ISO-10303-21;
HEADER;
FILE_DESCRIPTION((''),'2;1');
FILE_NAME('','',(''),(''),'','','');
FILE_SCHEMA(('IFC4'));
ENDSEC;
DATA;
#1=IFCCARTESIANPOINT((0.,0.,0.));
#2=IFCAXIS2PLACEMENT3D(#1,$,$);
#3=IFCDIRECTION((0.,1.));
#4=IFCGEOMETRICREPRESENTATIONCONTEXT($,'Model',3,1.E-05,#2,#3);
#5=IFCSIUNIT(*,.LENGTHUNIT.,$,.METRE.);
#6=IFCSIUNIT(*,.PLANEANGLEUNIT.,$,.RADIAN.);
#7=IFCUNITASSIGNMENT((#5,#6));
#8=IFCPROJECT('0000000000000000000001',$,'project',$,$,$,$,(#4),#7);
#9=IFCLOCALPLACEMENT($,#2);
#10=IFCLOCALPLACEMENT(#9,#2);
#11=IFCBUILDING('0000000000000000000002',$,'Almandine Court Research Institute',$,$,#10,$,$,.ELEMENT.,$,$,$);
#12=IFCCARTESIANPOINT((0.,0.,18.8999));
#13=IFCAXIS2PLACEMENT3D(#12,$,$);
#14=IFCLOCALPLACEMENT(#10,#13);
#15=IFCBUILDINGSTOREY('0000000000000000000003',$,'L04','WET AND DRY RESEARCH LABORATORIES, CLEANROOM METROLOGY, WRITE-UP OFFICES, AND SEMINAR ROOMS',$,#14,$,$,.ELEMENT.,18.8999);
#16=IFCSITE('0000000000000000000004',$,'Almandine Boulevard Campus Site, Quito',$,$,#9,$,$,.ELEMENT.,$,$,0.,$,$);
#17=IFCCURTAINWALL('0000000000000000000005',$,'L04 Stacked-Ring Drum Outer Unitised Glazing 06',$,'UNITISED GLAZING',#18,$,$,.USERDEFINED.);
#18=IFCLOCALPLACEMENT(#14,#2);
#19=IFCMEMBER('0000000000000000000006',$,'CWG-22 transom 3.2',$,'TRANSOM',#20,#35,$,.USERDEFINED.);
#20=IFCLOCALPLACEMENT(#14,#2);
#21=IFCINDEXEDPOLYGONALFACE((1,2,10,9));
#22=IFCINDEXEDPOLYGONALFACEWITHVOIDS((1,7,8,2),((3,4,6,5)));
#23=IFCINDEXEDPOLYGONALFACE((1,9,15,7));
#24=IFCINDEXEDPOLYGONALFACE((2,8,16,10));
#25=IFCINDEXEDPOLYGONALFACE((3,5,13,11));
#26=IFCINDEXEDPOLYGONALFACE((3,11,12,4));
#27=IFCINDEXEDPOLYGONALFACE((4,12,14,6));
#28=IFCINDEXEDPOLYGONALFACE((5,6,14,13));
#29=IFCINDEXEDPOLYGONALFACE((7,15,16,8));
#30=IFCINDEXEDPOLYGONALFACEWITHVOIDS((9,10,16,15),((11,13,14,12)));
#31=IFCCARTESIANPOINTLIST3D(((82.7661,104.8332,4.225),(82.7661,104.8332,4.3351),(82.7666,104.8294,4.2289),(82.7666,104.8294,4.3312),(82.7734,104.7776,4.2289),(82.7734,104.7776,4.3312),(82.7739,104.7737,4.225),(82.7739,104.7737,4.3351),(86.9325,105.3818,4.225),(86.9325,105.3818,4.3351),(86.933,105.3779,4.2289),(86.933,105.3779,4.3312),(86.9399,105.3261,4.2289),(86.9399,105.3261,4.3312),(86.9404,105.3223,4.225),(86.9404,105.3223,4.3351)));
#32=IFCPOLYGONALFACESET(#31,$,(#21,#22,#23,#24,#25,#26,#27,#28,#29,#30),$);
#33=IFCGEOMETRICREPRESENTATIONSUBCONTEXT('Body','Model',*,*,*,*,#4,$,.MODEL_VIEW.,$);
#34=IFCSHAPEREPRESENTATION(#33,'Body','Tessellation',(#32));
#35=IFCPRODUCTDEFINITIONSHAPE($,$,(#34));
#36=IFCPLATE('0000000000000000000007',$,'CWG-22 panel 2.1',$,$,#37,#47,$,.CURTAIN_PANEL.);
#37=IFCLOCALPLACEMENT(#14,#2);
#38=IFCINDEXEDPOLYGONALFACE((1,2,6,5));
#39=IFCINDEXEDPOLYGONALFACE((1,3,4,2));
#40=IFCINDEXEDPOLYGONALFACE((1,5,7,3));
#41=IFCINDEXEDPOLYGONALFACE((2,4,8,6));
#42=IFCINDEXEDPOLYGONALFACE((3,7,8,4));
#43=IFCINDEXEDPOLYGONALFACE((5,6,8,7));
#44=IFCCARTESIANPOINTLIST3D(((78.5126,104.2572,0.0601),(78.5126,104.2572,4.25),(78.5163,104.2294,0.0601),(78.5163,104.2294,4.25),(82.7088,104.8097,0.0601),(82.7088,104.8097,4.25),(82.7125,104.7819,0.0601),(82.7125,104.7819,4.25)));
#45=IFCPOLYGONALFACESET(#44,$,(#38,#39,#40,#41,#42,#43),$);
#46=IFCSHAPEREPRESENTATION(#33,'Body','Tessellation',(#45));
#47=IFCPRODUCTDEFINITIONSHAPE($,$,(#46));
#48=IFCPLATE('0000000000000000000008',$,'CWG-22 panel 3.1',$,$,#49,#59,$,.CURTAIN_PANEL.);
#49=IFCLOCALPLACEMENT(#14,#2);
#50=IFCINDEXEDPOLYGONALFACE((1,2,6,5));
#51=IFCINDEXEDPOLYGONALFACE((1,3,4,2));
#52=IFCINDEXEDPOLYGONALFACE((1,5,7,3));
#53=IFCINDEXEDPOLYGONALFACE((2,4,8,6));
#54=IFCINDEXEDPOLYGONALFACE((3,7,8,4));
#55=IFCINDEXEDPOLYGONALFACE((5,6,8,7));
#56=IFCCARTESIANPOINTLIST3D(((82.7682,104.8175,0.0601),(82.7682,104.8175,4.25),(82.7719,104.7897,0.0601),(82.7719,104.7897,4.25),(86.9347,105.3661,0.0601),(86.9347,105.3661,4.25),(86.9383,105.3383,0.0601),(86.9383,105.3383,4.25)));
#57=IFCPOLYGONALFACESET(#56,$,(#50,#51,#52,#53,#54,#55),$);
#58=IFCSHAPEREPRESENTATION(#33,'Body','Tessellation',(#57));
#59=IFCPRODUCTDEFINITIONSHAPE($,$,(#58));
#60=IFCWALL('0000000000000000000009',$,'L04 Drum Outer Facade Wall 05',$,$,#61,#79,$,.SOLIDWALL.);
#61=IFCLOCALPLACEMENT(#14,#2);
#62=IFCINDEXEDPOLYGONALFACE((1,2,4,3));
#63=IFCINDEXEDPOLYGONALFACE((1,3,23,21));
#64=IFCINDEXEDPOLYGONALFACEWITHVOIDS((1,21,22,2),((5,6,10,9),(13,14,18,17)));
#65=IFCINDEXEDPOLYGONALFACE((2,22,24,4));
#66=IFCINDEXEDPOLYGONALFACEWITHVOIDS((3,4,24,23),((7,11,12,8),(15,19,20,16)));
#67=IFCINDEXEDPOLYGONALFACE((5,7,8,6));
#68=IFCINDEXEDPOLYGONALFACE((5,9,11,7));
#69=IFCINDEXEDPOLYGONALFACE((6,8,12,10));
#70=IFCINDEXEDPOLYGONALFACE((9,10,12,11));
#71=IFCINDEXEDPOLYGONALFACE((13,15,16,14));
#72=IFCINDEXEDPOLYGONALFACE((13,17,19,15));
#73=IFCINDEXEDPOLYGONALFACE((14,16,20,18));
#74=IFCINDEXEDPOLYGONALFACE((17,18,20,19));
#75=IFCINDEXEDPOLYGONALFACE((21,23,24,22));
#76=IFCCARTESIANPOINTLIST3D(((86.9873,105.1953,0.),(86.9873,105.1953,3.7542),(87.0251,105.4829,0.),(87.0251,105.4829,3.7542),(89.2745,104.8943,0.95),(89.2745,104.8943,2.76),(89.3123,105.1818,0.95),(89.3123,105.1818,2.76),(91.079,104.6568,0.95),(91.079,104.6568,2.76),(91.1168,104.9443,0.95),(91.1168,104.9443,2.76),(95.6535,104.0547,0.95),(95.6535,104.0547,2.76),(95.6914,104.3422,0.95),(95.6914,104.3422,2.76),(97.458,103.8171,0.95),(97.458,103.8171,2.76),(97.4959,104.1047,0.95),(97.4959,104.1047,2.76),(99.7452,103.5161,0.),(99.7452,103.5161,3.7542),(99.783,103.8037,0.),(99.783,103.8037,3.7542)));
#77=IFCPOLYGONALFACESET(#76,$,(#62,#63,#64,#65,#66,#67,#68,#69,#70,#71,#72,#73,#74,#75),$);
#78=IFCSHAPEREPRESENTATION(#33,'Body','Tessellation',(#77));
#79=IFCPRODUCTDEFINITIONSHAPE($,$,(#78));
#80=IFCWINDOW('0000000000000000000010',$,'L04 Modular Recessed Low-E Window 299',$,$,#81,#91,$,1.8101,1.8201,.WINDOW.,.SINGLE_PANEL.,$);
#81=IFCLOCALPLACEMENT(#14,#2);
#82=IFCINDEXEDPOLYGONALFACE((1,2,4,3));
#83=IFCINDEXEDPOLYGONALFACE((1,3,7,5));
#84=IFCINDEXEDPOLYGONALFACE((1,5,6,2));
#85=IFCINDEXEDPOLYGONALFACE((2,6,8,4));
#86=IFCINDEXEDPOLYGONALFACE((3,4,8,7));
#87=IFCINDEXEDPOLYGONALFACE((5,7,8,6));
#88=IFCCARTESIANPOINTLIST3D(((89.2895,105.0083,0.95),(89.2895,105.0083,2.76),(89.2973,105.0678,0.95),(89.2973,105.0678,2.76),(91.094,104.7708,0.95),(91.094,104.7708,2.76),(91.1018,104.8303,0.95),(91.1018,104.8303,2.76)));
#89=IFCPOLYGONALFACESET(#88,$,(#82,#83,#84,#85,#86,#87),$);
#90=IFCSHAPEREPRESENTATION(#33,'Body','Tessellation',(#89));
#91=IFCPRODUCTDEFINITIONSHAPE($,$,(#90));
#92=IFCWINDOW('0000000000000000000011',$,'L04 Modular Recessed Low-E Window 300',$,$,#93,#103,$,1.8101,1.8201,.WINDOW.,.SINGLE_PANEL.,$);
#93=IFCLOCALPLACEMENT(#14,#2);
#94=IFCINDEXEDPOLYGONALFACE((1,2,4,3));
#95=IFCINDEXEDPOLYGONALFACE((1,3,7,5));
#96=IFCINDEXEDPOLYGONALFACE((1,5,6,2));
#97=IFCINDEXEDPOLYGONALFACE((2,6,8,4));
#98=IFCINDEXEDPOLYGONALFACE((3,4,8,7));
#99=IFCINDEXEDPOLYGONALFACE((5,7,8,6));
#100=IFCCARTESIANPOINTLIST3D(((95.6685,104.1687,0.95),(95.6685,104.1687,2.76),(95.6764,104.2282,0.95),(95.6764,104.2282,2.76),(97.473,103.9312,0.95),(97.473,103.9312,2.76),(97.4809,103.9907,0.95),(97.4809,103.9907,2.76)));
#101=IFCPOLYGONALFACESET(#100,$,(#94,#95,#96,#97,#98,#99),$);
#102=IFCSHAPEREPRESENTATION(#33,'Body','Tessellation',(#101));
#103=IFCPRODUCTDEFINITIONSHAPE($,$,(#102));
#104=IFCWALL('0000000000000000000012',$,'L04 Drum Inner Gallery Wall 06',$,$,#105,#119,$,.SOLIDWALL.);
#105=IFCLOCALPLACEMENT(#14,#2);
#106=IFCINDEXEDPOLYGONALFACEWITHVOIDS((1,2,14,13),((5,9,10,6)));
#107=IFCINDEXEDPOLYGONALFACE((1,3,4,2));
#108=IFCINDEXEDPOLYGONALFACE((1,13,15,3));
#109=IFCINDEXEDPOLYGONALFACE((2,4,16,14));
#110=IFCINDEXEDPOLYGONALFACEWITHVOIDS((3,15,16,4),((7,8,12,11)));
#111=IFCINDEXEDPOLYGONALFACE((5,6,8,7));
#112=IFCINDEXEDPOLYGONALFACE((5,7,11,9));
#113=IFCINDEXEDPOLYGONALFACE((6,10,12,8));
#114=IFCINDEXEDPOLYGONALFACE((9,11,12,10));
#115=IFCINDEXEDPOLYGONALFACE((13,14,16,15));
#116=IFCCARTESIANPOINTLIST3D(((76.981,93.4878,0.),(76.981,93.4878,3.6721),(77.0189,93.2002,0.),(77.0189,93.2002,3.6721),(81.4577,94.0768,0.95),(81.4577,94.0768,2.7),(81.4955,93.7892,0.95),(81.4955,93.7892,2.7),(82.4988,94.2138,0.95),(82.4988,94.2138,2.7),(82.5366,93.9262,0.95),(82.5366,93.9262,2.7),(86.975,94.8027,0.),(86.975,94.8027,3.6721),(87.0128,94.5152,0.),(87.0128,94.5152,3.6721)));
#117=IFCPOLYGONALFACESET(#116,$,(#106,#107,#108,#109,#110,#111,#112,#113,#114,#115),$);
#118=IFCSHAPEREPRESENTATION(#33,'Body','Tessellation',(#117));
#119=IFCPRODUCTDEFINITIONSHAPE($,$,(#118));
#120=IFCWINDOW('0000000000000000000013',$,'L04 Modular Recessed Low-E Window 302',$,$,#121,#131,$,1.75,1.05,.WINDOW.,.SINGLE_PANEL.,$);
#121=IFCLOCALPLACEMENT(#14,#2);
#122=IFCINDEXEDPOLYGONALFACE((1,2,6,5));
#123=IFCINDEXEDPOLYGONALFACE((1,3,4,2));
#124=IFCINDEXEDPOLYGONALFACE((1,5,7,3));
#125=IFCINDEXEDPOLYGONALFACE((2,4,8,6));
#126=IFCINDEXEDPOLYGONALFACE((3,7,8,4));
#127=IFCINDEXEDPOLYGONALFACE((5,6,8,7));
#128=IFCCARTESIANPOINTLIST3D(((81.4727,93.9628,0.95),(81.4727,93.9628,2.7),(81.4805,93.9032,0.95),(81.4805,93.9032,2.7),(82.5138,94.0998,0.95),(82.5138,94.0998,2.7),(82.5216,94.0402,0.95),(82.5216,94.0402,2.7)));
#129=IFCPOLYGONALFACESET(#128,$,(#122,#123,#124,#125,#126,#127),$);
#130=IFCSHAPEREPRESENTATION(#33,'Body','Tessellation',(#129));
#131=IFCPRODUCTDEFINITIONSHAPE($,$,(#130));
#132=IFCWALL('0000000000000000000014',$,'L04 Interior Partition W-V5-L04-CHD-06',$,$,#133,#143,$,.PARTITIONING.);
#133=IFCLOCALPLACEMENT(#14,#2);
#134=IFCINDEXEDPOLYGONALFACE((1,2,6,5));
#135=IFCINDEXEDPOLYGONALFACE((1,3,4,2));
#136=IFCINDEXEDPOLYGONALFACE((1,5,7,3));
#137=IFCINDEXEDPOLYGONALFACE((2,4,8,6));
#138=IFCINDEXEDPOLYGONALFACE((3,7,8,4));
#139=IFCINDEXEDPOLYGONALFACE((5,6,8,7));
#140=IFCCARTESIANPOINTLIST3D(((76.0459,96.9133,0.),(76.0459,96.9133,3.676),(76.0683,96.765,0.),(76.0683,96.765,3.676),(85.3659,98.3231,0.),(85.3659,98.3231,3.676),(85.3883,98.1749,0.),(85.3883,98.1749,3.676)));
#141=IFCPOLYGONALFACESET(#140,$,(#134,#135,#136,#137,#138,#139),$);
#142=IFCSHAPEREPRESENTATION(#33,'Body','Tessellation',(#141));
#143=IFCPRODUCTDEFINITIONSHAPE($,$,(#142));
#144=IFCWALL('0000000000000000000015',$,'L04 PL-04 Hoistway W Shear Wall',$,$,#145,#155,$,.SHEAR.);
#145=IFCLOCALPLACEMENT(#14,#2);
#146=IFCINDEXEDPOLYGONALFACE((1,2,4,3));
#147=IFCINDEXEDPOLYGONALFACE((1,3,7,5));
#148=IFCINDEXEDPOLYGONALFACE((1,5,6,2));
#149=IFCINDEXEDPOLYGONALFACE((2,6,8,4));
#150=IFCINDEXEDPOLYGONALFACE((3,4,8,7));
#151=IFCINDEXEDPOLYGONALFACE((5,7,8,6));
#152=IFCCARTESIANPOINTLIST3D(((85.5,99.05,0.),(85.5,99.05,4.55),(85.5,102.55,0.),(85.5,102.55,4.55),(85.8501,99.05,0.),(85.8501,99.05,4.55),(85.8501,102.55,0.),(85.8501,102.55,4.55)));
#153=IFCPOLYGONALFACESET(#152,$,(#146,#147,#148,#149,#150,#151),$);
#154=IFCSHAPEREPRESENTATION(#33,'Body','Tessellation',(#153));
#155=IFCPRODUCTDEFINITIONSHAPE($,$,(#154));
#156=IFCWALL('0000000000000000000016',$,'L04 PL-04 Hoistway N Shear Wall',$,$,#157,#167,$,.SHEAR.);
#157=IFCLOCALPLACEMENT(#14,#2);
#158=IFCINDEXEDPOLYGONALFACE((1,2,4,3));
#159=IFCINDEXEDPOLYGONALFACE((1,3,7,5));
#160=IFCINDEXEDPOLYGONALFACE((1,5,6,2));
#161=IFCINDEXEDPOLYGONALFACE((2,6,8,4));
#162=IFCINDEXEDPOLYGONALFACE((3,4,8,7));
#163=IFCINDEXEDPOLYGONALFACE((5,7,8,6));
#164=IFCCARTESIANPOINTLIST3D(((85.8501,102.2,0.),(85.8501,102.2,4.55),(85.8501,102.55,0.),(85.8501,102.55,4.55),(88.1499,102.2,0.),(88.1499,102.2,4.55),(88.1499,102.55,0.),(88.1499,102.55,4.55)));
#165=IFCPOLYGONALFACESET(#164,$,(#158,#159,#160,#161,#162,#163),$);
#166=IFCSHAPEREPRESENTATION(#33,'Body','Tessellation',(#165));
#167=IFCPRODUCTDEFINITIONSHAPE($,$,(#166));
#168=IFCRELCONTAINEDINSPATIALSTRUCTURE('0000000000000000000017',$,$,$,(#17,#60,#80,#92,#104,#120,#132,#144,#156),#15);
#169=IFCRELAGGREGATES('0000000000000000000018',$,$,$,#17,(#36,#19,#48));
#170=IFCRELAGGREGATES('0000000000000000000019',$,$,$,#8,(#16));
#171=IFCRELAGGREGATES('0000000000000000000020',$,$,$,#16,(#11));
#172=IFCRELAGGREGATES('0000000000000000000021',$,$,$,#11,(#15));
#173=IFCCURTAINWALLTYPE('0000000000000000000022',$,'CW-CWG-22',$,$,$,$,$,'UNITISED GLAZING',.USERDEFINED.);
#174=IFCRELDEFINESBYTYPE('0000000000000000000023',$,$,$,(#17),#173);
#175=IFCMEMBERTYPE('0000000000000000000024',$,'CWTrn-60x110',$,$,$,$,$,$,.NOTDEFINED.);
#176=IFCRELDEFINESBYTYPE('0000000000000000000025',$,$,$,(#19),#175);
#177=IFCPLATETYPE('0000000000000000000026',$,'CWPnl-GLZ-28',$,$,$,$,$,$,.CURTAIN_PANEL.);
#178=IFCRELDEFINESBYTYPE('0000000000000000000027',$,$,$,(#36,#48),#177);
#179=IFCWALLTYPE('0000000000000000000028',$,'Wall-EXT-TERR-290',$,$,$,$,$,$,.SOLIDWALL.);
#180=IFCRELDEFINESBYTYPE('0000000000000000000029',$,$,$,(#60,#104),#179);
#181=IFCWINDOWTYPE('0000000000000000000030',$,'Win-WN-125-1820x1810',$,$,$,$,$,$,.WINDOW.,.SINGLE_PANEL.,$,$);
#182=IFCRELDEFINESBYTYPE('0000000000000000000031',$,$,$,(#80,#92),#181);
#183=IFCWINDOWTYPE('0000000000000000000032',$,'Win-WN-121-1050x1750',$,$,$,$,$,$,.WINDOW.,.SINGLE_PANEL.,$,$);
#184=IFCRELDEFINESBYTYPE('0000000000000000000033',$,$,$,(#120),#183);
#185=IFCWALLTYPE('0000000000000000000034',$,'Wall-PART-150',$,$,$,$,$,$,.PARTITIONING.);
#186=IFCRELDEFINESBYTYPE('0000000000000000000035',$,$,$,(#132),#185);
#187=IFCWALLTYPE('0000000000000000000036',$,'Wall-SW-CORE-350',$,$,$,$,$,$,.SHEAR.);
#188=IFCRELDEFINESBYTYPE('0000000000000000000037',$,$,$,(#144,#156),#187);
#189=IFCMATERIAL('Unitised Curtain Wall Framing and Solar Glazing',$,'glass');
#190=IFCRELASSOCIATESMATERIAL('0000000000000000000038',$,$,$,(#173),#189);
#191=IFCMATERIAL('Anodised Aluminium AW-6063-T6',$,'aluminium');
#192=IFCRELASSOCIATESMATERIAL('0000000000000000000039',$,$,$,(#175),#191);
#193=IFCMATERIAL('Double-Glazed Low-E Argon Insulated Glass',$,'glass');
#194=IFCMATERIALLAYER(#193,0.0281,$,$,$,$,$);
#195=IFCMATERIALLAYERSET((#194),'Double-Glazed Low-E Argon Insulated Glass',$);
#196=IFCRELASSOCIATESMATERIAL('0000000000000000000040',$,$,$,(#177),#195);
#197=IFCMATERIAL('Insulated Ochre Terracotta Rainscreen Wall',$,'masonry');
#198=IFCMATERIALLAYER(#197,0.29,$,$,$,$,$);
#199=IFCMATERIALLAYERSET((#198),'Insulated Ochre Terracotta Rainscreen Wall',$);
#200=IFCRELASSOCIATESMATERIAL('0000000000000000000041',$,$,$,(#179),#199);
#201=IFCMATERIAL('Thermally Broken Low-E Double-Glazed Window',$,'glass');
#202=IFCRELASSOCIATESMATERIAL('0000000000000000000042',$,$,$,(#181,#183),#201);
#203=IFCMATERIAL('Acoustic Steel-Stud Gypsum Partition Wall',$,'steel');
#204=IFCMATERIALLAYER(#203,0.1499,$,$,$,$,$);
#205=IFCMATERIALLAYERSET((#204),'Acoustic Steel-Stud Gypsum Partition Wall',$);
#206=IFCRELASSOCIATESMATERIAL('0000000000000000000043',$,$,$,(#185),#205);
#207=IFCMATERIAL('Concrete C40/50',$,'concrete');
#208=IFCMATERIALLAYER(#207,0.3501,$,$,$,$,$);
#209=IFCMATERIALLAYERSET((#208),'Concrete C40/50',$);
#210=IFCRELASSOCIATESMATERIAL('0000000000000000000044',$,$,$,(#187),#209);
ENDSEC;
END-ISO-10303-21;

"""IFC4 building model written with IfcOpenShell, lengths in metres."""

from ifc_helpers import new_model, si_unit, direction, frame, frame_2d, origin, origin_2d, place, context, subcontext, project, spatial, rectangle, hollow_rectangle, extrude, material, layer, layer_set, material_profile, profile_set, type_object, element, fill, aggregate, save


model = new_model("IFC4")

# Units and contexts
model_context = context("Model", 3, precision=1e-05, world=origin(), true_north=direction((0.0, 1.0)))
body_context = subcontext(model_context, "Body", "Model", "MODEL_VIEW")
ifc_project = project(units=[si_unit("LENGTHUNIT", "METRE"), si_unit("PLANEANGLEUNIT", "RADIAN")], contexts=[model_context])

# Site, building, storey
site_placement = place(None, origin())
site = spatial("IfcSite", under=ifc_project, at=site_placement, Name="Almandine Boulevard Campus Site, Quito", CompositionType="ELEMENT", RefElevation=0.0)
building_placement = place(site_placement, origin())
building = spatial("IfcBuilding", under=site, at=building_placement, Name="Almandine Court Research Institute", CompositionType="ELEMENT")
storey_placement = place(building_placement, frame((0.0, 0.0, 18.8999)))
storey = spatial("IfcBuildingStorey", under=building, at=storey_placement, Name="L04", Description="WET AND DRY RESEARCH LABORATORIES, CLEANROOM METROLOGY, WRITE-UP OFFICES, AND SEMINAR ROOMS", CompositionType="ELEMENT", Elevation=18.8999)

# Curtain wall, member, plates
ifc_material_1 = material(Name="Unitised Curtain Wall Framing and Solar Glazing", Category="glass")
curtain_wall_type = type_object("IfcCurtainWallType", Name="CW-CWG-22", ElementType="UNITISED GLAZING", PredefinedType="USERDEFINED", material=ifc_material_1)
curtain_wall_placement = place(storey_placement, origin())
curtain_wall = element("IfcCurtainWall", 1, at=curtain_wall_placement, inside=storey, type_object=curtain_wall_type, Name="L04 Stacked-Ring Drum Outer Unitised Glazing 06", ObjectType="UNITISED GLAZING", PredefinedType="USERDEFINED")
ifc_material_2 = material(Name="Anodised Aluminium AW-6063-T6", Category="aluminium")
ifc_material_profile_1 = material_profile(ifc_material_2, hollow_rectangle(XDim=0.0601, YDim=0.1101, WallThickness=0.0039, at=origin_2d()), Name="ALU RHS 60x110x4")
ifc_profile_set_1 = profile_set([ifc_material_profile_1], Name="Anodised Aluminium AW-6063-T6")
member_type_1 = type_object("IfcMemberType", Name="CWTrn-60x110", PredefinedType="NOTDEFINED", material=ifc_profile_set_1)
member_1_placement = place(storey_placement, frame((82.77, 104.8035, 4.28), z_axis=(0.991443, 0.130539, 0.0), x_axis=(-0.130539, 0.991443, 0.0)))
member_1 = element("IfcMember", 2, at=member_1_placement, type_object=member_type_1, Name="CWG-22 transom 3.2", ObjectType="TRANSOM", PredefinedType="USERDEFINED", context=body_context, shape_type="SweptSolid", body=[
    extrude(hollow_rectangle(XDim=0.0601, YDim=0.1101, WallThickness=0.0039, at=origin_2d()), origin(), (0.0, 0.0, 1.0), 4.2024),
])
ifc_material_3 = material(Name="Double-Glazed Low-E Argon Insulated Glass", Category="glass")
ifc_layer_1 = layer(ifc_material_3, 0.0281)
ifc_layer_set_1 = layer_set([ifc_layer_1], Name="Double-Glazed Low-E Argon Insulated Glass")
plate_type = type_object("IfcPlateType", Name="CWPnl-GLZ-28", PredefinedType="CURTAIN_PANEL", material=ifc_layer_set_1)
plate_1_placement = place(storey_placement, frame((80.6125, 104.5195, 0.0601), z_axis=(0.0, 0.0, 1.0), x_axis=(0.991443, 0.130541, 0.0)))
plate_1 = element("IfcPlate", 3, at=plate_1_placement, type_object=plate_type, Name="CWG-22 panel 2.1", PredefinedType="CURTAIN_PANEL", context=body_context, shape_type="SweptSolid", body=[
    extrude(rectangle(XDim=4.2324, YDim=0.0281, at=origin_2d()), origin(), (0.0, 0.0, 1.0), 4.1899),
])
plate_2_placement = place(storey_placement, frame((84.8533, 105.0779, 0.0601), z_axis=(0.0, 0.0, 1.0), x_axis=(0.991443, 0.130541, 0.0)))
plate_2 = element("IfcPlate", 4, at=plate_2_placement, type_object=plate_type, Name="CWG-22 panel 3.1", PredefinedType="CURTAIN_PANEL", context=body_context, shape_type="SweptSolid", body=[
    extrude(rectangle(XDim=4.2024, YDim=0.0281, at=origin_2d()), origin(), (0.0, 0.0, 1.0), 4.1899),
])
aggregate(curtain_wall, [plate_1, member_1, plate_2])

# Wall, openings, windows
ifc_material_4 = material(Name="Insulated Ochre Terracotta Rainscreen Wall", Category="masonry")
ifc_layer_2 = layer(ifc_material_4, 0.29)
ifc_layer_set_2 = layer_set([ifc_layer_2], Name="Insulated Ochre Terracotta Rainscreen Wall")
wall_type_1 = type_object("IfcWallType", Name="Wall-EXT-TERR-290", PredefinedType="SOLIDWALL", material=ifc_layer_set_2)
wall_1_placement = place(storey_placement, frame((87.0061, 105.3391, 0.0), z_axis=(0.0, 0.0, 1.0), x_axis=(0.991449, -0.130496, 0.0)))
wall_1 = element("IfcWall", 5, at=wall_1_placement, inside=storey, type_object=wall_type_1, Name="L04 Drum Outer Facade Wall 05", PredefinedType="SOLIDWALL", context=body_context, shape_type="SweptSolid", body=[
    extrude(rectangle(XDim=12.8679, YDim=0.29, at=frame_2d((6.4341, 0.0))), origin(), (0.0, 0.0, 1.0), 3.7542),
])
opening_1_placement = place(wall_1_placement, frame((2.3069, 0.0, 0.95)))
opening_1 = element("IfcOpeningElement", 6, at=opening_1_placement, cuts=wall_1, PredefinedType="OPENING", context=body_context, shape_type="SweptSolid", body=[
    extrude(rectangle(XDim=1.8201, YDim=1.8101, at=frame_2d((0.9102, 0.905))), frame((0.0, 0.155, 0.0), z_axis=(0.0, -1.0, 0.0), x_axis=(1.0, 0.0, 0.0)), (0.0, 0.0, 1.0), 0.3101),
])
opening_2_placement = place(wall_1_placement, frame((8.741, 0.0, 0.95)))
opening_2 = element("IfcOpeningElement", 7, at=opening_2_placement, cuts=wall_1, PredefinedType="OPENING", context=body_context, shape_type="SweptSolid", body=[
    extrude(rectangle(XDim=1.8201, YDim=1.8101, at=frame_2d((0.9102, 0.905))), frame((0.0, 0.155, 0.0), z_axis=(0.0, -1.0, 0.0), x_axis=(1.0, 0.0, 0.0)), (0.0, 0.0, 1.0), 0.3101),
])
ifc_material_5 = material(Name="Thermally Broken Low-E Double-Glazed Window", Category="glass")
window_type_1 = type_object("IfcWindowType", Name="Win-WN-125-1820x1810", PartitioningType="SINGLE_PANEL", PredefinedType="WINDOW", material=ifc_material_5)
window_1_placement = place(opening_1_placement, origin())
window_1 = element("IfcWindow", 8, at=window_1_placement, inside=storey, type_object=window_type_1, Name="L04 Modular Recessed Low-E Window 299", OverallHeight=1.8101, OverallWidth=1.8201, PartitioningType="SINGLE_PANEL", PredefinedType="WINDOW", context=body_context, shape_type="SweptSolid", body=[
    extrude(rectangle(XDim=1.8201, YDim=1.8101, at=frame_2d((0.9102, 0.905))), frame((0.0, 0.03, 0.0), z_axis=(0.0, -1.0, 0.0), x_axis=(1.0, 0.0, 0.0)), (0.0, 0.0, 1.0), 0.0601),
])
fill(opening_1, window_1)
window_2_placement = place(opening_2_placement, origin())
window_2 = element("IfcWindow", 9, at=window_2_placement, inside=storey, type_object=window_type_1, Name="L04 Modular Recessed Low-E Window 300", OverallHeight=1.8101, OverallWidth=1.8201, PartitioningType="SINGLE_PANEL", PredefinedType="WINDOW", context=body_context, shape_type="SweptSolid", body=[
    extrude(rectangle(XDim=1.8201, YDim=1.8101, at=frame_2d((0.9102, 0.905))), frame((0.0, 0.03, 0.0), z_axis=(0.0, -1.0, 0.0), x_axis=(1.0, 0.0, 0.0)), (0.0, 0.0, 1.0), 0.0601),
])
fill(opening_2, window_2)

# Wall, opening, window
wall_2_placement = place(storey_placement, frame((86.9939, 94.6589, 0.0), z_axis=(0.0, 0.0, 1.0), x_axis=(-0.991455, -0.13045, 0.0)))
wall_2 = element("IfcWall", 10, at=wall_2_placement, inside=storey, type_object=wall_type_1, Name="L04 Drum Inner Gallery Wall 06", PredefinedType="SOLIDWALL", context=body_context, shape_type="SweptSolid", body=[
    extrude(rectangle(XDim=10.0801, YDim=0.29, at=frame_2d((5.04, 0.0))), origin(), (0.0, 0.0, 1.0), 3.6721),
])
opening_3_placement = place(wall_2_placement, frame((4.5149, 0.0, 0.95)))
opening_3 = element("IfcOpeningElement", 11, at=opening_3_placement, cuts=wall_2, PredefinedType="OPENING", context=body_context, shape_type="SweptSolid", body=[
    extrude(rectangle(XDim=1.05, YDim=1.75, at=frame_2d((0.5249, 0.875))), frame((0.0, 0.155, 0.0), z_axis=(0.0, -1.0, 0.0), x_axis=(1.0, 0.0, 0.0)), (0.0, 0.0, 1.0), 0.3101),
])
window_type_2 = type_object("IfcWindowType", Name="Win-WN-121-1050x1750", PartitioningType="SINGLE_PANEL", PredefinedType="WINDOW", material=ifc_material_5)
window_3_placement = place(opening_3_placement, origin())
window_3 = element("IfcWindow", 12, at=window_3_placement, inside=storey, type_object=window_type_2, Name="L04 Modular Recessed Low-E Window 302", OverallHeight=1.75, OverallWidth=1.05, PartitioningType="SINGLE_PANEL", PredefinedType="WINDOW", context=body_context, shape_type="SweptSolid", body=[
    extrude(rectangle(XDim=1.05, YDim=1.75, at=frame_2d((0.5249, 0.875))), frame((0.0, 0.03, 0.0), z_axis=(0.0, -1.0, 0.0), x_axis=(1.0, 0.0, 0.0)), (0.0, 0.0, 1.0), 0.0601),
])
fill(opening_3, window_3)

# Walls
ifc_material_6 = material(Name="Acoustic Steel-Stud Gypsum Partition Wall", Category="steel")
ifc_layer_3 = layer(ifc_material_6, 0.1499)
ifc_layer_set_3 = layer_set([ifc_layer_3], Name="Acoustic Steel-Stud Gypsum Partition Wall")
wall_type_2 = type_object("IfcWallType", Name="Wall-PART-150", PredefinedType="PARTITIONING", material=ifc_layer_set_3)
wall_3_placement = place(storey_placement, frame((85.377, 98.249, 0.0), z_axis=(0.0, 0.0, 1.0), x_axis=(-0.98875, -0.149575, 0.0)))
element("IfcWall", 13, at=wall_3_placement, inside=storey, type_object=wall_type_2, Name="L04 Interior Partition W-V5-L04-CHD-06", PredefinedType="PARTITIONING", context=body_context, shape_type="SweptSolid", body=[
    extrude(rectangle(XDim=9.426, YDim=0.1499, at=frame_2d((4.7129, 0.0))), origin(), (0.0, 0.0, 1.0), 3.676),
])
ifc_material_7 = material(Name="Concrete C40/50", Category="concrete")
ifc_layer_4 = layer(ifc_material_7, 0.3501)
ifc_layer_set_4 = layer_set([ifc_layer_4], Name="Concrete C40/50")
wall_type_3 = type_object("IfcWallType", Name="Wall-SW-CORE-350", PredefinedType="SHEAR", material=ifc_layer_set_4)
wall_4_placement = place(storey_placement, frame((85.675, 99.05, 0.0), z_axis=(0.0, 0.0, 1.0), x_axis=(0.0, 1.0, 0.0)))
element("IfcWall", 14, at=wall_4_placement, inside=storey, type_object=wall_type_3, Name="L04 PL-04 Hoistway W Shear Wall", PredefinedType="SHEAR", context=body_context, shape_type="SweptSolid", body=[
    extrude(rectangle(XDim=3.5, YDim=0.3501, at=frame_2d((1.75, 0.0))), origin(), (0.0, 0.0, 1.0), 4.55),
])
wall_5_placement = place(storey_placement, frame((85.8501, 102.375, 0.0), z_axis=(0.0, 0.0, 1.0), x_axis=(1.0, 0.0, 0.0)))
element("IfcWall", 15, at=wall_5_placement, inside=storey, type_object=wall_type_3, Name="L04 PL-04 Hoistway N Shear Wall", PredefinedType="SHEAR", context=body_context, shape_type="SweptSolid", body=[
    extrude(rectangle(XDim=2.2998, YDim=0.3501, at=frame_2d((1.1499, 0.0))), origin(), (0.0, 0.0, 1.0), 4.55),
])

save(model, "model.ifc")
